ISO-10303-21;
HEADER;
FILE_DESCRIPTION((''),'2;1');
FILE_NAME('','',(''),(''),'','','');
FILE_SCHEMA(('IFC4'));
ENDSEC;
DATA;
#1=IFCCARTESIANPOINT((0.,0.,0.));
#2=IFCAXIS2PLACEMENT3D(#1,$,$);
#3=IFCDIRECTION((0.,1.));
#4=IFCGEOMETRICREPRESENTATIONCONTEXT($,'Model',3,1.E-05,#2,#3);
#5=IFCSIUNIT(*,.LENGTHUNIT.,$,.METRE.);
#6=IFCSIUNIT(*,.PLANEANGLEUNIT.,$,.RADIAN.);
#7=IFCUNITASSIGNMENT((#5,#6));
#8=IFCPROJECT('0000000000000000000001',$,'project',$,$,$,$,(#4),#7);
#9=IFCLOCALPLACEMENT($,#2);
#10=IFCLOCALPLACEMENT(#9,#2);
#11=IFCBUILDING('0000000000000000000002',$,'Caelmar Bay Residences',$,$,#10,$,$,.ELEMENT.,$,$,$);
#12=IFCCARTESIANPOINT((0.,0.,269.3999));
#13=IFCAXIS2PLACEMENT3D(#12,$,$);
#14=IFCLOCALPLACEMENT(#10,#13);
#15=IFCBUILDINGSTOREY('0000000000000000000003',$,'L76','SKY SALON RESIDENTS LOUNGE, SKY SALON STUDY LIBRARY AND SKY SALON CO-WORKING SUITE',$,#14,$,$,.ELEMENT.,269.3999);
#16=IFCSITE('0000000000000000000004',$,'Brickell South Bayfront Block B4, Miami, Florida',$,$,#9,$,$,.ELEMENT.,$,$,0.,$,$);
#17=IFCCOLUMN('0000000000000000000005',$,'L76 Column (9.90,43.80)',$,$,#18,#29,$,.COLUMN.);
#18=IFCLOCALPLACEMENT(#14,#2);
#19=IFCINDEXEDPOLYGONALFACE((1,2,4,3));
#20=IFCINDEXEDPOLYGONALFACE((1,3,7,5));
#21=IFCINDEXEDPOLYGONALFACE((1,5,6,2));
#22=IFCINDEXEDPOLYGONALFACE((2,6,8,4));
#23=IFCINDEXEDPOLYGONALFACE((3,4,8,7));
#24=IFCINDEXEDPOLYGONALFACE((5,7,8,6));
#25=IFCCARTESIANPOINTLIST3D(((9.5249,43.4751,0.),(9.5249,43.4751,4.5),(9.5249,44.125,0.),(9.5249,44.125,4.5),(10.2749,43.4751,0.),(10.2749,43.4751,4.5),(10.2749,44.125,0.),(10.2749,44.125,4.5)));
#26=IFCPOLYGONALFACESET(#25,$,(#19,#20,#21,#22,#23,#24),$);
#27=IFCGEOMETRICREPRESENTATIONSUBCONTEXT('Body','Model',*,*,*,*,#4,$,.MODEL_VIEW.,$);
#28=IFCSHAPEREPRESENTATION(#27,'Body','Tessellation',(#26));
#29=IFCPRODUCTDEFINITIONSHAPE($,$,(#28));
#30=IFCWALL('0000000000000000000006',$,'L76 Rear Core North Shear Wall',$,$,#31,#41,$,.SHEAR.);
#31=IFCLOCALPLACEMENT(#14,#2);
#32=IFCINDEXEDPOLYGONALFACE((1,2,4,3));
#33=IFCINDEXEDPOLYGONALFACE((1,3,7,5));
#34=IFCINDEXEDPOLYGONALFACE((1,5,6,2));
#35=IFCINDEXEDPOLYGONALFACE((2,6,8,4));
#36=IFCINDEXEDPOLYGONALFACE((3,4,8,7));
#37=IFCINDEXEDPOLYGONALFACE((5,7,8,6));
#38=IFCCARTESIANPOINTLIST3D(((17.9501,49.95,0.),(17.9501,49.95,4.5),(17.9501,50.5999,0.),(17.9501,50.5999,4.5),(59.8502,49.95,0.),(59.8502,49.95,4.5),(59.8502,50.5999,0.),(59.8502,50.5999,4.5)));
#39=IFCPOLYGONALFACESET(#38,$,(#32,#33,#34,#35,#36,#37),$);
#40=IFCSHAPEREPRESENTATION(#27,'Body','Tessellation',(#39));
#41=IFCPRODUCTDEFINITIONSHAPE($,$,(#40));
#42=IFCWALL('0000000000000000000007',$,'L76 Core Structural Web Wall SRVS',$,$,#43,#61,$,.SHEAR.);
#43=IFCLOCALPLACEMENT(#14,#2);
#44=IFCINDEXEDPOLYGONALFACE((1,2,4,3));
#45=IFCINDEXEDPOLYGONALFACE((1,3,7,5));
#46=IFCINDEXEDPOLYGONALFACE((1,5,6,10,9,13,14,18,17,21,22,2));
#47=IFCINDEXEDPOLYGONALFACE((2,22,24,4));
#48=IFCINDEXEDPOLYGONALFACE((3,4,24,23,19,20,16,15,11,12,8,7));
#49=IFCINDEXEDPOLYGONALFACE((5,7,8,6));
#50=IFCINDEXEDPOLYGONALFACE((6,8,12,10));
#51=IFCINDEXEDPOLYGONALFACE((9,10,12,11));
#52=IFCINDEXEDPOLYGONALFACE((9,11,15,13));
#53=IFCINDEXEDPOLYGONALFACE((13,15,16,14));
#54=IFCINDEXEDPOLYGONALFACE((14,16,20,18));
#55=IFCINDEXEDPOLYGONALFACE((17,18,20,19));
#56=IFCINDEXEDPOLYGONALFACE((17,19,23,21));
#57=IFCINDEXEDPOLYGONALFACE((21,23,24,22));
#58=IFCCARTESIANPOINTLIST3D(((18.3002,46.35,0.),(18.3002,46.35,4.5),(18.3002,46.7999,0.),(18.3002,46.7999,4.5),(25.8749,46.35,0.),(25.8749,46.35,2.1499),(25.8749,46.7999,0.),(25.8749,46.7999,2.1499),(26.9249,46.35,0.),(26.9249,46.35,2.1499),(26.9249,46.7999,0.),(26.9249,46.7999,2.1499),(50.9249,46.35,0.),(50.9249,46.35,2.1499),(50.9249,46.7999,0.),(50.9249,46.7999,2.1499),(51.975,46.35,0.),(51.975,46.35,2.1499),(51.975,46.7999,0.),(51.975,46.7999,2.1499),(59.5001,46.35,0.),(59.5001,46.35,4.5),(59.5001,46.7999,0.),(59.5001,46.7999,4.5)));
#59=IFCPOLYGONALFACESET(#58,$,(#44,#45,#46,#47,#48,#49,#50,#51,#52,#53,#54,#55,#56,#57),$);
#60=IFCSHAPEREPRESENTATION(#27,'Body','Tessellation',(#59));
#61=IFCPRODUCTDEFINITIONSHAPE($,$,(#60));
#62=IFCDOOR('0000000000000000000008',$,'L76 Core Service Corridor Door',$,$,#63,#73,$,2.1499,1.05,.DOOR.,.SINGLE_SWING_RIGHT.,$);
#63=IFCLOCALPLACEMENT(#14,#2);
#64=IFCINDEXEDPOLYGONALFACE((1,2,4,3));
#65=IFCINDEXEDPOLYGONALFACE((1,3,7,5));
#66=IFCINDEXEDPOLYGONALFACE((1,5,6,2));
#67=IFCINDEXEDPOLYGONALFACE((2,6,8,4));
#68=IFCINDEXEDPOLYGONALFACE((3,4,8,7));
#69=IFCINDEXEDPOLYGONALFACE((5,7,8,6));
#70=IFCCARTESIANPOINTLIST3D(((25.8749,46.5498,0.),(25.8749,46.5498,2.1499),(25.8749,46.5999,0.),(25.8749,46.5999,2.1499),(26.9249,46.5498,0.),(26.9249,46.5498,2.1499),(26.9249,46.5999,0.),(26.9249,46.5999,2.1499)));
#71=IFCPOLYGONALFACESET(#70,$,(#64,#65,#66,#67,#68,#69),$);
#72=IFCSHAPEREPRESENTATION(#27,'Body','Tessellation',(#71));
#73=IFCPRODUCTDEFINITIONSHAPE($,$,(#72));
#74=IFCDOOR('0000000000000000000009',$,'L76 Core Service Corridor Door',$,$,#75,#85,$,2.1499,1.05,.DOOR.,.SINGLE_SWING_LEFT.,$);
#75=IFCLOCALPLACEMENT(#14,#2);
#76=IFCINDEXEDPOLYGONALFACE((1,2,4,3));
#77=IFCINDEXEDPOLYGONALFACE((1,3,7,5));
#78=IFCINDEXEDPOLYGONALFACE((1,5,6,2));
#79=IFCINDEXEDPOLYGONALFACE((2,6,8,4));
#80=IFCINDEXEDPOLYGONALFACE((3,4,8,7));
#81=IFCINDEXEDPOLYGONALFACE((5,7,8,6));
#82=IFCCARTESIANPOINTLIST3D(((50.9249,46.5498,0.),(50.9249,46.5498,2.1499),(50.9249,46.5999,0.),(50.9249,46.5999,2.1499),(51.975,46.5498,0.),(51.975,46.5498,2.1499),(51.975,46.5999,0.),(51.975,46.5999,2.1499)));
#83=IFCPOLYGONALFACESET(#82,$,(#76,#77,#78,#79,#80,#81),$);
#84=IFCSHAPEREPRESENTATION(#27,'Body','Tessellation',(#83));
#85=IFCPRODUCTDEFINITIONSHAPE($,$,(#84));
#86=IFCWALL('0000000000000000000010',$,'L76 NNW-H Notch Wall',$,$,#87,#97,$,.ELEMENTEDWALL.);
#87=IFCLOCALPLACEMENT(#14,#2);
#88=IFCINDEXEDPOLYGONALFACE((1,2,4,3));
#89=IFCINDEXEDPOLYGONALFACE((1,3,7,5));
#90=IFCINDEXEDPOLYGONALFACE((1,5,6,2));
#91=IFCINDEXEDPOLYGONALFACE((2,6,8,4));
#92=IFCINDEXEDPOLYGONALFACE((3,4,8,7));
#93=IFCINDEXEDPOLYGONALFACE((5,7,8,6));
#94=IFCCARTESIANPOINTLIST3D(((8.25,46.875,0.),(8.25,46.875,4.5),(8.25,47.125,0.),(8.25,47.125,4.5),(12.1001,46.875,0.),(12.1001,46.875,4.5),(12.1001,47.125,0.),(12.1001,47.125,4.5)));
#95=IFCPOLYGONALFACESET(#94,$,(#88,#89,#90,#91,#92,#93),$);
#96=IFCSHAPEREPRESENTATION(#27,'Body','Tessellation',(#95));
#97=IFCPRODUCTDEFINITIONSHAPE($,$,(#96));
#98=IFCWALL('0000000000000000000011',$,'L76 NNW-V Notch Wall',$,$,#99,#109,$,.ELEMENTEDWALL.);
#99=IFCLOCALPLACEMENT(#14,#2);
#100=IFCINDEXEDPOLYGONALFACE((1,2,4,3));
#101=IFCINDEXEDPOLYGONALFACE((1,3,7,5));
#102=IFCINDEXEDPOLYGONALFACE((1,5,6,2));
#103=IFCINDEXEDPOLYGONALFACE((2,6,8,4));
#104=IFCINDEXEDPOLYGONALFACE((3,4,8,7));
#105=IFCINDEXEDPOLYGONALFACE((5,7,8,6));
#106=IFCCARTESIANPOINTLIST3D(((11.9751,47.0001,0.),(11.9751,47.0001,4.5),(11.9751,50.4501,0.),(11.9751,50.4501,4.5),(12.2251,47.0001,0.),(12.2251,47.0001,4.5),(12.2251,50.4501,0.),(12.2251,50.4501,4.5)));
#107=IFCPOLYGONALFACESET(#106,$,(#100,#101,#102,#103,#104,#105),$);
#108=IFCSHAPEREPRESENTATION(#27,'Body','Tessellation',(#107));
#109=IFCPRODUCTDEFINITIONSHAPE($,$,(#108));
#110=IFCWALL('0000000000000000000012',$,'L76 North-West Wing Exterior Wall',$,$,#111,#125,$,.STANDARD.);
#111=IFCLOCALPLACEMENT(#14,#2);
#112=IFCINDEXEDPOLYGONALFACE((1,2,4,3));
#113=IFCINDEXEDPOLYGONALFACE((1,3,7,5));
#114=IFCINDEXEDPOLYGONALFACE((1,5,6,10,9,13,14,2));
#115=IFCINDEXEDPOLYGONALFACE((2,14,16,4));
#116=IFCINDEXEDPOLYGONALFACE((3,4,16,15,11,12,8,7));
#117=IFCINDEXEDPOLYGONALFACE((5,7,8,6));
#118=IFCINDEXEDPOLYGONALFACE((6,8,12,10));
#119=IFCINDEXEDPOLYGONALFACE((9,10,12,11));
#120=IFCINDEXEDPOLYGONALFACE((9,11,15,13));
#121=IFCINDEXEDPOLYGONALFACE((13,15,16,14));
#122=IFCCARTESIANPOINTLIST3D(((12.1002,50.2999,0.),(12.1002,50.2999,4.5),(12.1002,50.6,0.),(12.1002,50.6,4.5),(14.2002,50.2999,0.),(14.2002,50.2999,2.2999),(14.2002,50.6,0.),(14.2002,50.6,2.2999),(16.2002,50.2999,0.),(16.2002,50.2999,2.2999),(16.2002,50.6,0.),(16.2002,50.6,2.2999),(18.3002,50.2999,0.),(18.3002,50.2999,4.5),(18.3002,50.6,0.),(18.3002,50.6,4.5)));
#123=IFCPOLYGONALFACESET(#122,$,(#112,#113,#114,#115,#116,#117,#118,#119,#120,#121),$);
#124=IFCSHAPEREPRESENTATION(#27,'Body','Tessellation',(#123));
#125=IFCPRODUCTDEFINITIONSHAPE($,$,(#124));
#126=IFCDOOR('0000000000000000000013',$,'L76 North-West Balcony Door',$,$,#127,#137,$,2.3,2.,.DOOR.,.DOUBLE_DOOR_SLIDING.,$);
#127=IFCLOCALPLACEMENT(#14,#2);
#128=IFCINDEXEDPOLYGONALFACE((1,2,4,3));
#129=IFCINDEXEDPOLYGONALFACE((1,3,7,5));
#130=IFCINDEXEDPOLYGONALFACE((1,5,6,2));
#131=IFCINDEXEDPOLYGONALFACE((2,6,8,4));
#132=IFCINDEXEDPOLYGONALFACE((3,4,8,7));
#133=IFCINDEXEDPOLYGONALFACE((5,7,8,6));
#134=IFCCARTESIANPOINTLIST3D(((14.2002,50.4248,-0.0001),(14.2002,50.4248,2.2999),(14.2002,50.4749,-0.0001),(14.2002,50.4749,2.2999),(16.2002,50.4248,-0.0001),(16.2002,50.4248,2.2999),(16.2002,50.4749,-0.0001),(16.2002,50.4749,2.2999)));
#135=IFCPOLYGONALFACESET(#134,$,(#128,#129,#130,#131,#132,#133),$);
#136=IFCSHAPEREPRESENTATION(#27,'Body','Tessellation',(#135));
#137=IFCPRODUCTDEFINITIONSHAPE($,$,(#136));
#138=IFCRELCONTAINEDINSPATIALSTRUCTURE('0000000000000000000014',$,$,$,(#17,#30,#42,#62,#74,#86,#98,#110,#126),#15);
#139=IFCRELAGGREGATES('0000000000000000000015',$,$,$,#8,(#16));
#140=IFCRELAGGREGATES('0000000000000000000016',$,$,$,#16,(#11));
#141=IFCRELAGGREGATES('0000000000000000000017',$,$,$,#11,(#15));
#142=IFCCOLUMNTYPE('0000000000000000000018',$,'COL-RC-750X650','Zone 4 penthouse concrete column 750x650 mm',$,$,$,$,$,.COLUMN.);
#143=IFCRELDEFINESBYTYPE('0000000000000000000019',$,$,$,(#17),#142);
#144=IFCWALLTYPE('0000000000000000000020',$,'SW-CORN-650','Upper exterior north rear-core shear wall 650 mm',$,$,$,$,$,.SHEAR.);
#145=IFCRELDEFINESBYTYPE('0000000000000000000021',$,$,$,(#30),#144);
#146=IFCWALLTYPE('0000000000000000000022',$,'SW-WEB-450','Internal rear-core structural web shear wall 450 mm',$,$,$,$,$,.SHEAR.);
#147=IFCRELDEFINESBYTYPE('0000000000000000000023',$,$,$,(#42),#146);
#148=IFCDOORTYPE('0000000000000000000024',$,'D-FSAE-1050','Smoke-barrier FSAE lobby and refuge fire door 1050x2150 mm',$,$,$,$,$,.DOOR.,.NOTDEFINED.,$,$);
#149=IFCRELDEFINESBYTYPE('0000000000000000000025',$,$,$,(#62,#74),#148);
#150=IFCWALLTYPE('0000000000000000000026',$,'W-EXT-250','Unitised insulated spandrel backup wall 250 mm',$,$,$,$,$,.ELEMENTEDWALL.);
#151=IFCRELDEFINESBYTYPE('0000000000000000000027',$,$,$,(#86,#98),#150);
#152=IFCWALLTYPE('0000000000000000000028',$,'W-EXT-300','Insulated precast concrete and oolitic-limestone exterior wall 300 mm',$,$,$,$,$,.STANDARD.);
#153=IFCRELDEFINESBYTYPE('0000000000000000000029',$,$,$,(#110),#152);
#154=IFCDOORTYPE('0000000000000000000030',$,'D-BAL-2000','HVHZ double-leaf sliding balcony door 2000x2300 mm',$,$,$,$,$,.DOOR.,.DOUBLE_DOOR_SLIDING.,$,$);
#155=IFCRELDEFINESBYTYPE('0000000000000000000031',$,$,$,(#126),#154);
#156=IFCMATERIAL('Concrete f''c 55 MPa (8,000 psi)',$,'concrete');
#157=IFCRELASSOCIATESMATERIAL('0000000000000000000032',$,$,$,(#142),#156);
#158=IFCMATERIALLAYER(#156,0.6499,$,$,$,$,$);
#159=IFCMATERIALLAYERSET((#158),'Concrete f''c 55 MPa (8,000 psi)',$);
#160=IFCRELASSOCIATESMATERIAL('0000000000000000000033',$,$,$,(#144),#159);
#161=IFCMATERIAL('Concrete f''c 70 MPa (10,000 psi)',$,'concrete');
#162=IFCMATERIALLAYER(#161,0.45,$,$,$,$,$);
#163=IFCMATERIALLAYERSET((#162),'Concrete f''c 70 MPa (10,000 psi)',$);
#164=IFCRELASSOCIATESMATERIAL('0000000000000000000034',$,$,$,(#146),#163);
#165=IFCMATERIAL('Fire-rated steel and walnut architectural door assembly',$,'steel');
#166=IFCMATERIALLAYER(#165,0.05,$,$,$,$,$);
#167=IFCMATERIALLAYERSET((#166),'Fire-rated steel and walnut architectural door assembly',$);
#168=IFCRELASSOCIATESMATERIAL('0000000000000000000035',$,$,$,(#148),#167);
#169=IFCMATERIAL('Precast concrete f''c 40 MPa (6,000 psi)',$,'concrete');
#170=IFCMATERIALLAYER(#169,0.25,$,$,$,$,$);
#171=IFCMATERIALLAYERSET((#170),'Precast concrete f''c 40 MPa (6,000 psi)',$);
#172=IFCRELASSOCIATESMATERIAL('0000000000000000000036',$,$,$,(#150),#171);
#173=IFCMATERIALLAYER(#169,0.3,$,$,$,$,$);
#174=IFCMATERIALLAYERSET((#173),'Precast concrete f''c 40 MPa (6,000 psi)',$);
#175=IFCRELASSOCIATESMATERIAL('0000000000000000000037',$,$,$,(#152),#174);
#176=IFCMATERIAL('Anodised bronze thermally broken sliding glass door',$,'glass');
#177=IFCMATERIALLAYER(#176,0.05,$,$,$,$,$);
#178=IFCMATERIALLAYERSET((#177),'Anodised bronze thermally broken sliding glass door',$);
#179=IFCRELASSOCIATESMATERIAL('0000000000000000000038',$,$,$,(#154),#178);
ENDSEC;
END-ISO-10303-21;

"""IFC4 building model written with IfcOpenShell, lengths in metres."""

from ifc_helpers import new_model, si_unit, direction, frame, frame_2d, origin, origin_2d, place, context, subcontext, project, spatial, rectangle, extrude, material, layer, layer_set, material_profile, profile_set, type_object, element, fill, save


model = new_model("IFC4")

# Units and contexts
model_context = context("Model", 3, precision=1e-05, world=origin(), true_north=direction((0.0, 1.0)))
body_context = subcontext(model_context, "Body", "Model", "MODEL_VIEW")
ifc_project = project(units=[si_unit("LENGTHUNIT", "METRE"), si_unit("PLANEANGLEUNIT", "RADIAN")], contexts=[model_context])

# Site, building, storey
site_placement = place(None, origin())
site = spatial("IfcSite", under=ifc_project, at=site_placement, Name="Brickell South Bayfront Block B4, Miami, Florida", CompositionType="ELEMENT", RefElevation=0.0)
building_placement = place(site_placement, origin())
building = spatial("IfcBuilding", under=site, at=building_placement, Name="Caelmar Bay Residences", CompositionType="ELEMENT")
storey_placement = place(building_placement, frame((0.0, 0.0, 269.3999)))
storey = spatial("IfcBuildingStorey", under=building, at=storey_placement, Name="L76", Description="SKY SALON RESIDENTS LOUNGE, SKY SALON STUDY LIBRARY AND SKY SALON CO-WORKING SUITE", CompositionType="ELEMENT", Elevation=269.3999)

# Column
ifc_material_1 = material(Name="Concrete f'c 55 MPa (8,000 psi)", Category="concrete")
ifc_material_profile_1 = material_profile(ifc_material_1, rectangle(XDim=0.75, YDim=0.6499, at=origin_2d()), Name="RC-COL-750X650")
ifc_profile_set_1 = profile_set([ifc_material_profile_1], Name="Concrete f'c 55 MPa (8,000 psi)")
column_type = type_object("IfcColumnType", Name="COL-RC-750X650", Description="Zone 4 penthouse concrete column 750x650 mm", PredefinedType="COLUMN", material=ifc_profile_set_1)
column_placement = place(storey_placement, frame((9.8999, 43.8, 0.0), z_axis=(0.0, 0.0, 1.0), x_axis=(1.0, 0.0, 0.0)))
element("IfcColumn", 1, at=column_placement, inside=storey, type_object=column_type, Name="L76 Column (9.90,43.80)", PredefinedType="COLUMN", context=body_context, shape_type="SweptSolid", body=[
    extrude(rectangle(XDim=0.75, YDim=0.6499, at=origin_2d()), origin(), (0.0, 0.0, 1.0), 4.5),
])

# Wall
ifc_layer_1 = layer(ifc_material_1, 0.6499)
ifc_layer_set_1 = layer_set([ifc_layer_1], Name="Concrete f'c 55 MPa (8,000 psi)")
wall_type_1 = type_object("IfcWallType", Name="SW-CORN-650", Description="Upper exterior north rear-core shear wall 650 mm", PredefinedType="SHEAR", material=ifc_layer_set_1)
wall_1_placement = place(storey_placement, frame((17.95, 50.2749, 0.0), z_axis=(0.0, 0.0, 1.0), x_axis=(1.0, 0.0, 0.0)))
element("IfcWall", 2, at=wall_1_placement, inside=storey, type_object=wall_type_1, Name="L76 Rear Core North Shear Wall", PredefinedType="SHEAR", context=body_context, shape_type="SweptSolid", body=[
    extrude(rectangle(XDim=41.9001, YDim=0.6499, at=frame_2d((20.9502, 0.0))), origin(), (0.0, 0.0, 1.0), 4.5),
])

# Wall, openings, doors
ifc_material_2 = material(Name="Concrete f'c 70 MPa (10,000 psi)", Category="concrete")
ifc_layer_2 = layer(ifc_material_2, 0.45)
ifc_layer_set_2 = layer_set([ifc_layer_2], Name="Concrete f'c 70 MPa (10,000 psi)")
wall_type_2 = type_object("IfcWallType", Name="SW-WEB-450", Description="Internal rear-core structural web shear wall 450 mm", PredefinedType="SHEAR", material=ifc_layer_set_2)
wall_2_placement = place(storey_placement, frame((18.3, 46.575, 0.0), z_axis=(0.0, 0.0, 1.0), x_axis=(1.0, 0.0, 0.0)))
wall_2 = element("IfcWall", 3, at=wall_2_placement, inside=storey, type_object=wall_type_2, Name="L76 Core Structural Web Wall SRVS", PredefinedType="SHEAR", context=body_context, shape_type="SweptSolid", body=[
    extrude(rectangle(XDim=41.2, YDim=0.45, at=frame_2d((20.6001, 0.0))), origin(), (0.0, 0.0, 1.0), 4.5),
])
opening_1_placement = place(wall_2_placement, frame((7.575, 0.0, 0.0)))
opening_1 = element("IfcOpeningElement", 4, at=opening_1_placement, cuts=wall_2, PredefinedType="OPENING", context=body_context, shape_type="SweptSolid", body=[
    extrude(rectangle(XDim=1.05, YDim=2.1499, at=frame_2d((0.5249, 1.075))), frame((0.0, 0.2349, 0.0), z_axis=(0.0, -1.0, 0.0), x_axis=(1.0, 0.0, 0.0)), (0.0, 0.0, 1.0), 0.47),
])
opening_2_placement = place(wall_2_placement, frame((32.625, 0.0, 0.0)))
opening_2 = element("IfcOpeningElement", 5, at=opening_2_placement, cuts=wall_2, PredefinedType="OPENING", context=body_context, shape_type="SweptSolid", body=[
    extrude(rectangle(XDim=1.05, YDim=2.1499, at=frame_2d((0.5249, 1.075))), frame((0.0, 0.2349, 0.0), z_axis=(0.0, -1.0, 0.0), x_axis=(1.0, 0.0, 0.0)), (0.0, 0.0, 1.0), 0.47),
])
ifc_material_3 = material(Name="Fire-rated steel and walnut architectural door assembly", Category="steel")
ifc_layer_3 = layer(ifc_material_3, 0.05)
ifc_layer_set_3 = layer_set([ifc_layer_3], Name="Fire-rated steel and walnut architectural door assembly")
door_type_1 = type_object("IfcDoorType", Name="D-FSAE-1050", Description="Smoke-barrier FSAE lobby and refuge fire door 1050x2150 mm", OperationType="NOTDEFINED", PredefinedType="DOOR", material=ifc_layer_set_3)
door_1_placement = place(opening_1_placement, origin())
door_1 = element("IfcDoor", 6, at=door_1_placement, inside=storey, type_object=door_type_1, Name="L76 Core Service Corridor Door", OperationType="SINGLE_SWING_RIGHT", OverallHeight=2.1499, OverallWidth=1.05, PredefinedType="DOOR", context=body_context, shape_type="SweptSolid", body=[
    extrude(rectangle(XDim=1.05, YDim=2.1499, at=frame_2d((0.5249, 1.075))), frame((0.0, 0.0249, 0.0), z_axis=(0.0, -1.0, 0.0), x_axis=(1.0, 0.0, 0.0)), (0.0, 0.0, 1.0), 0.05),
])
fill(opening_1, door_1)
door_2_placement = place(opening_2_placement, origin())
door_2 = element("IfcDoor", 7, at=door_2_placement, inside=storey, type_object=door_type_1, Name="L76 Core Service Corridor Door", OperationType="SINGLE_SWING_LEFT", OverallHeight=2.1499, OverallWidth=1.05, PredefinedType="DOOR", context=body_context, shape_type="SweptSolid", body=[
    extrude(rectangle(XDim=1.05, YDim=2.1499, at=frame_2d((0.5249, 1.075))), frame((0.0, 0.0249, 0.0), z_axis=(0.0, -1.0, 0.0), x_axis=(1.0, 0.0, 0.0)), (0.0, 0.0, 1.0), 0.05),
])
fill(opening_2, door_2)

# Walls
ifc_material_4 = material(Name="Precast concrete f'c 40 MPa (6,000 psi)", Category="concrete")
ifc_layer_4 = layer(ifc_material_4, 0.25)
ifc_layer_set_4 = layer_set([ifc_layer_4], Name="Precast concrete f'c 40 MPa (6,000 psi)")
wall_type_3 = type_object("IfcWallType", Name="W-EXT-250", Description="Unitised insulated spandrel backup wall 250 mm", PredefinedType="ELEMENTEDWALL", material=ifc_layer_set_4)
wall_3_placement = place(storey_placement, frame((8.25, 47.0, 0.0), z_axis=(0.0, 0.0, 1.0), x_axis=(1.0, 0.0, 0.0)))
element("IfcWall", 8, at=wall_3_placement, inside=storey, type_object=wall_type_3, Name="L76 NNW-H Notch Wall", PredefinedType="ELEMENTEDWALL", context=body_context, shape_type="SweptSolid", body=[
    extrude(rectangle(XDim=3.8501, YDim=0.25, at=frame_2d((1.925, 0.0))), origin(), (0.0, 0.0, 1.0), 4.5),
])
wall_4_placement = place(storey_placement, frame((12.1001, 47.0, 0.0), z_axis=(0.0, 0.0, 1.0), x_axis=(0.0, 1.0, 0.0)))
element("IfcWall", 9, at=wall_4_placement, inside=storey, type_object=wall_type_3, Name="L76 NNW-V Notch Wall", PredefinedType="ELEMENTEDWALL", context=body_context, shape_type="SweptSolid", body=[
    extrude(rectangle(XDim=3.45, YDim=0.25, at=frame_2d((1.7251, 0.0))), origin(), (0.0, 0.0, 1.0), 4.5),
])

# Wall, opening, door
ifc_layer_5 = layer(ifc_material_4, 0.3)
ifc_layer_set_5 = layer_set([ifc_layer_5], Name="Precast concrete f'c 40 MPa (6,000 psi)")
wall_type_4 = type_object("IfcWallType", Name="W-EXT-300", Description="Insulated precast concrete and oolitic-limestone exterior wall 300 mm", PredefinedType="STANDARD", material=ifc_layer_set_5)
wall_5_placement = place(storey_placement, frame((12.1001, 50.45, 0.0), z_axis=(0.0, 0.0, 1.0), x_axis=(1.0, 0.0, 0.0)))
wall_5 = element("IfcWall", 10, at=wall_5_placement, inside=storey, type_object=wall_type_4, Name="L76 North-West Wing Exterior Wall", PredefinedType="STANDARD", context=body_context, shape_type="SweptSolid", body=[
    extrude(rectangle(XDim=6.2, YDim=0.3, at=frame_2d((3.1001, 0.0))), origin(), (0.0, 0.0, 1.0), 4.5),
])
opening_3_placement = place(wall_5_placement, frame((2.1001, 0.0, 0.0)))
opening_3 = element("IfcOpeningElement", 11, at=opening_3_placement, cuts=wall_5, PredefinedType="OPENING", context=body_context, shape_type="SweptSolid", body=[
    extrude(rectangle(XDim=2.0, YDim=2.3, at=frame_2d((1.0, 1.1499))), frame((0.0, 0.1599, 0.0), z_axis=(0.0, -1.0, 0.0), x_axis=(1.0, 0.0, 0.0)), (0.0, 0.0, 1.0), 0.3201),
])
ifc_material_5 = material(Name="Anodised bronze thermally broken sliding glass door", Category="glass")
ifc_layer_6 = layer(ifc_material_5, 0.05)
ifc_layer_set_6 = layer_set([ifc_layer_6], Name="Anodised bronze thermally broken sliding glass door")
door_type_2 = type_object("IfcDoorType", Name="D-BAL-2000", Description="HVHZ double-leaf sliding balcony door 2000x2300 mm", OperationType="DOUBLE_DOOR_SLIDING", PredefinedType="DOOR", material=ifc_layer_set_6)
door_3_placement = place(opening_3_placement, origin())
door_3 = element("IfcDoor", 12, at=door_3_placement, inside=storey, type_object=door_type_2, Name="L76 North-West Balcony Door", OperationType="DOUBLE_DOOR_SLIDING", OverallHeight=2.3, OverallWidth=2.0, PredefinedType="DOOR", context=body_context, shape_type="SweptSolid", body=[
    extrude(rectangle(XDim=2.0, YDim=2.3, at=frame_2d((1.0, 1.1499))), frame((0.0, 0.0249, 0.0), z_axis=(0.0, -1.0, 0.0), x_axis=(1.0, 0.0, 0.0)), (0.0, 0.0, 1.0), 0.05),
])
fill(opening_3, door_3)

save(model, "model.ifc")
